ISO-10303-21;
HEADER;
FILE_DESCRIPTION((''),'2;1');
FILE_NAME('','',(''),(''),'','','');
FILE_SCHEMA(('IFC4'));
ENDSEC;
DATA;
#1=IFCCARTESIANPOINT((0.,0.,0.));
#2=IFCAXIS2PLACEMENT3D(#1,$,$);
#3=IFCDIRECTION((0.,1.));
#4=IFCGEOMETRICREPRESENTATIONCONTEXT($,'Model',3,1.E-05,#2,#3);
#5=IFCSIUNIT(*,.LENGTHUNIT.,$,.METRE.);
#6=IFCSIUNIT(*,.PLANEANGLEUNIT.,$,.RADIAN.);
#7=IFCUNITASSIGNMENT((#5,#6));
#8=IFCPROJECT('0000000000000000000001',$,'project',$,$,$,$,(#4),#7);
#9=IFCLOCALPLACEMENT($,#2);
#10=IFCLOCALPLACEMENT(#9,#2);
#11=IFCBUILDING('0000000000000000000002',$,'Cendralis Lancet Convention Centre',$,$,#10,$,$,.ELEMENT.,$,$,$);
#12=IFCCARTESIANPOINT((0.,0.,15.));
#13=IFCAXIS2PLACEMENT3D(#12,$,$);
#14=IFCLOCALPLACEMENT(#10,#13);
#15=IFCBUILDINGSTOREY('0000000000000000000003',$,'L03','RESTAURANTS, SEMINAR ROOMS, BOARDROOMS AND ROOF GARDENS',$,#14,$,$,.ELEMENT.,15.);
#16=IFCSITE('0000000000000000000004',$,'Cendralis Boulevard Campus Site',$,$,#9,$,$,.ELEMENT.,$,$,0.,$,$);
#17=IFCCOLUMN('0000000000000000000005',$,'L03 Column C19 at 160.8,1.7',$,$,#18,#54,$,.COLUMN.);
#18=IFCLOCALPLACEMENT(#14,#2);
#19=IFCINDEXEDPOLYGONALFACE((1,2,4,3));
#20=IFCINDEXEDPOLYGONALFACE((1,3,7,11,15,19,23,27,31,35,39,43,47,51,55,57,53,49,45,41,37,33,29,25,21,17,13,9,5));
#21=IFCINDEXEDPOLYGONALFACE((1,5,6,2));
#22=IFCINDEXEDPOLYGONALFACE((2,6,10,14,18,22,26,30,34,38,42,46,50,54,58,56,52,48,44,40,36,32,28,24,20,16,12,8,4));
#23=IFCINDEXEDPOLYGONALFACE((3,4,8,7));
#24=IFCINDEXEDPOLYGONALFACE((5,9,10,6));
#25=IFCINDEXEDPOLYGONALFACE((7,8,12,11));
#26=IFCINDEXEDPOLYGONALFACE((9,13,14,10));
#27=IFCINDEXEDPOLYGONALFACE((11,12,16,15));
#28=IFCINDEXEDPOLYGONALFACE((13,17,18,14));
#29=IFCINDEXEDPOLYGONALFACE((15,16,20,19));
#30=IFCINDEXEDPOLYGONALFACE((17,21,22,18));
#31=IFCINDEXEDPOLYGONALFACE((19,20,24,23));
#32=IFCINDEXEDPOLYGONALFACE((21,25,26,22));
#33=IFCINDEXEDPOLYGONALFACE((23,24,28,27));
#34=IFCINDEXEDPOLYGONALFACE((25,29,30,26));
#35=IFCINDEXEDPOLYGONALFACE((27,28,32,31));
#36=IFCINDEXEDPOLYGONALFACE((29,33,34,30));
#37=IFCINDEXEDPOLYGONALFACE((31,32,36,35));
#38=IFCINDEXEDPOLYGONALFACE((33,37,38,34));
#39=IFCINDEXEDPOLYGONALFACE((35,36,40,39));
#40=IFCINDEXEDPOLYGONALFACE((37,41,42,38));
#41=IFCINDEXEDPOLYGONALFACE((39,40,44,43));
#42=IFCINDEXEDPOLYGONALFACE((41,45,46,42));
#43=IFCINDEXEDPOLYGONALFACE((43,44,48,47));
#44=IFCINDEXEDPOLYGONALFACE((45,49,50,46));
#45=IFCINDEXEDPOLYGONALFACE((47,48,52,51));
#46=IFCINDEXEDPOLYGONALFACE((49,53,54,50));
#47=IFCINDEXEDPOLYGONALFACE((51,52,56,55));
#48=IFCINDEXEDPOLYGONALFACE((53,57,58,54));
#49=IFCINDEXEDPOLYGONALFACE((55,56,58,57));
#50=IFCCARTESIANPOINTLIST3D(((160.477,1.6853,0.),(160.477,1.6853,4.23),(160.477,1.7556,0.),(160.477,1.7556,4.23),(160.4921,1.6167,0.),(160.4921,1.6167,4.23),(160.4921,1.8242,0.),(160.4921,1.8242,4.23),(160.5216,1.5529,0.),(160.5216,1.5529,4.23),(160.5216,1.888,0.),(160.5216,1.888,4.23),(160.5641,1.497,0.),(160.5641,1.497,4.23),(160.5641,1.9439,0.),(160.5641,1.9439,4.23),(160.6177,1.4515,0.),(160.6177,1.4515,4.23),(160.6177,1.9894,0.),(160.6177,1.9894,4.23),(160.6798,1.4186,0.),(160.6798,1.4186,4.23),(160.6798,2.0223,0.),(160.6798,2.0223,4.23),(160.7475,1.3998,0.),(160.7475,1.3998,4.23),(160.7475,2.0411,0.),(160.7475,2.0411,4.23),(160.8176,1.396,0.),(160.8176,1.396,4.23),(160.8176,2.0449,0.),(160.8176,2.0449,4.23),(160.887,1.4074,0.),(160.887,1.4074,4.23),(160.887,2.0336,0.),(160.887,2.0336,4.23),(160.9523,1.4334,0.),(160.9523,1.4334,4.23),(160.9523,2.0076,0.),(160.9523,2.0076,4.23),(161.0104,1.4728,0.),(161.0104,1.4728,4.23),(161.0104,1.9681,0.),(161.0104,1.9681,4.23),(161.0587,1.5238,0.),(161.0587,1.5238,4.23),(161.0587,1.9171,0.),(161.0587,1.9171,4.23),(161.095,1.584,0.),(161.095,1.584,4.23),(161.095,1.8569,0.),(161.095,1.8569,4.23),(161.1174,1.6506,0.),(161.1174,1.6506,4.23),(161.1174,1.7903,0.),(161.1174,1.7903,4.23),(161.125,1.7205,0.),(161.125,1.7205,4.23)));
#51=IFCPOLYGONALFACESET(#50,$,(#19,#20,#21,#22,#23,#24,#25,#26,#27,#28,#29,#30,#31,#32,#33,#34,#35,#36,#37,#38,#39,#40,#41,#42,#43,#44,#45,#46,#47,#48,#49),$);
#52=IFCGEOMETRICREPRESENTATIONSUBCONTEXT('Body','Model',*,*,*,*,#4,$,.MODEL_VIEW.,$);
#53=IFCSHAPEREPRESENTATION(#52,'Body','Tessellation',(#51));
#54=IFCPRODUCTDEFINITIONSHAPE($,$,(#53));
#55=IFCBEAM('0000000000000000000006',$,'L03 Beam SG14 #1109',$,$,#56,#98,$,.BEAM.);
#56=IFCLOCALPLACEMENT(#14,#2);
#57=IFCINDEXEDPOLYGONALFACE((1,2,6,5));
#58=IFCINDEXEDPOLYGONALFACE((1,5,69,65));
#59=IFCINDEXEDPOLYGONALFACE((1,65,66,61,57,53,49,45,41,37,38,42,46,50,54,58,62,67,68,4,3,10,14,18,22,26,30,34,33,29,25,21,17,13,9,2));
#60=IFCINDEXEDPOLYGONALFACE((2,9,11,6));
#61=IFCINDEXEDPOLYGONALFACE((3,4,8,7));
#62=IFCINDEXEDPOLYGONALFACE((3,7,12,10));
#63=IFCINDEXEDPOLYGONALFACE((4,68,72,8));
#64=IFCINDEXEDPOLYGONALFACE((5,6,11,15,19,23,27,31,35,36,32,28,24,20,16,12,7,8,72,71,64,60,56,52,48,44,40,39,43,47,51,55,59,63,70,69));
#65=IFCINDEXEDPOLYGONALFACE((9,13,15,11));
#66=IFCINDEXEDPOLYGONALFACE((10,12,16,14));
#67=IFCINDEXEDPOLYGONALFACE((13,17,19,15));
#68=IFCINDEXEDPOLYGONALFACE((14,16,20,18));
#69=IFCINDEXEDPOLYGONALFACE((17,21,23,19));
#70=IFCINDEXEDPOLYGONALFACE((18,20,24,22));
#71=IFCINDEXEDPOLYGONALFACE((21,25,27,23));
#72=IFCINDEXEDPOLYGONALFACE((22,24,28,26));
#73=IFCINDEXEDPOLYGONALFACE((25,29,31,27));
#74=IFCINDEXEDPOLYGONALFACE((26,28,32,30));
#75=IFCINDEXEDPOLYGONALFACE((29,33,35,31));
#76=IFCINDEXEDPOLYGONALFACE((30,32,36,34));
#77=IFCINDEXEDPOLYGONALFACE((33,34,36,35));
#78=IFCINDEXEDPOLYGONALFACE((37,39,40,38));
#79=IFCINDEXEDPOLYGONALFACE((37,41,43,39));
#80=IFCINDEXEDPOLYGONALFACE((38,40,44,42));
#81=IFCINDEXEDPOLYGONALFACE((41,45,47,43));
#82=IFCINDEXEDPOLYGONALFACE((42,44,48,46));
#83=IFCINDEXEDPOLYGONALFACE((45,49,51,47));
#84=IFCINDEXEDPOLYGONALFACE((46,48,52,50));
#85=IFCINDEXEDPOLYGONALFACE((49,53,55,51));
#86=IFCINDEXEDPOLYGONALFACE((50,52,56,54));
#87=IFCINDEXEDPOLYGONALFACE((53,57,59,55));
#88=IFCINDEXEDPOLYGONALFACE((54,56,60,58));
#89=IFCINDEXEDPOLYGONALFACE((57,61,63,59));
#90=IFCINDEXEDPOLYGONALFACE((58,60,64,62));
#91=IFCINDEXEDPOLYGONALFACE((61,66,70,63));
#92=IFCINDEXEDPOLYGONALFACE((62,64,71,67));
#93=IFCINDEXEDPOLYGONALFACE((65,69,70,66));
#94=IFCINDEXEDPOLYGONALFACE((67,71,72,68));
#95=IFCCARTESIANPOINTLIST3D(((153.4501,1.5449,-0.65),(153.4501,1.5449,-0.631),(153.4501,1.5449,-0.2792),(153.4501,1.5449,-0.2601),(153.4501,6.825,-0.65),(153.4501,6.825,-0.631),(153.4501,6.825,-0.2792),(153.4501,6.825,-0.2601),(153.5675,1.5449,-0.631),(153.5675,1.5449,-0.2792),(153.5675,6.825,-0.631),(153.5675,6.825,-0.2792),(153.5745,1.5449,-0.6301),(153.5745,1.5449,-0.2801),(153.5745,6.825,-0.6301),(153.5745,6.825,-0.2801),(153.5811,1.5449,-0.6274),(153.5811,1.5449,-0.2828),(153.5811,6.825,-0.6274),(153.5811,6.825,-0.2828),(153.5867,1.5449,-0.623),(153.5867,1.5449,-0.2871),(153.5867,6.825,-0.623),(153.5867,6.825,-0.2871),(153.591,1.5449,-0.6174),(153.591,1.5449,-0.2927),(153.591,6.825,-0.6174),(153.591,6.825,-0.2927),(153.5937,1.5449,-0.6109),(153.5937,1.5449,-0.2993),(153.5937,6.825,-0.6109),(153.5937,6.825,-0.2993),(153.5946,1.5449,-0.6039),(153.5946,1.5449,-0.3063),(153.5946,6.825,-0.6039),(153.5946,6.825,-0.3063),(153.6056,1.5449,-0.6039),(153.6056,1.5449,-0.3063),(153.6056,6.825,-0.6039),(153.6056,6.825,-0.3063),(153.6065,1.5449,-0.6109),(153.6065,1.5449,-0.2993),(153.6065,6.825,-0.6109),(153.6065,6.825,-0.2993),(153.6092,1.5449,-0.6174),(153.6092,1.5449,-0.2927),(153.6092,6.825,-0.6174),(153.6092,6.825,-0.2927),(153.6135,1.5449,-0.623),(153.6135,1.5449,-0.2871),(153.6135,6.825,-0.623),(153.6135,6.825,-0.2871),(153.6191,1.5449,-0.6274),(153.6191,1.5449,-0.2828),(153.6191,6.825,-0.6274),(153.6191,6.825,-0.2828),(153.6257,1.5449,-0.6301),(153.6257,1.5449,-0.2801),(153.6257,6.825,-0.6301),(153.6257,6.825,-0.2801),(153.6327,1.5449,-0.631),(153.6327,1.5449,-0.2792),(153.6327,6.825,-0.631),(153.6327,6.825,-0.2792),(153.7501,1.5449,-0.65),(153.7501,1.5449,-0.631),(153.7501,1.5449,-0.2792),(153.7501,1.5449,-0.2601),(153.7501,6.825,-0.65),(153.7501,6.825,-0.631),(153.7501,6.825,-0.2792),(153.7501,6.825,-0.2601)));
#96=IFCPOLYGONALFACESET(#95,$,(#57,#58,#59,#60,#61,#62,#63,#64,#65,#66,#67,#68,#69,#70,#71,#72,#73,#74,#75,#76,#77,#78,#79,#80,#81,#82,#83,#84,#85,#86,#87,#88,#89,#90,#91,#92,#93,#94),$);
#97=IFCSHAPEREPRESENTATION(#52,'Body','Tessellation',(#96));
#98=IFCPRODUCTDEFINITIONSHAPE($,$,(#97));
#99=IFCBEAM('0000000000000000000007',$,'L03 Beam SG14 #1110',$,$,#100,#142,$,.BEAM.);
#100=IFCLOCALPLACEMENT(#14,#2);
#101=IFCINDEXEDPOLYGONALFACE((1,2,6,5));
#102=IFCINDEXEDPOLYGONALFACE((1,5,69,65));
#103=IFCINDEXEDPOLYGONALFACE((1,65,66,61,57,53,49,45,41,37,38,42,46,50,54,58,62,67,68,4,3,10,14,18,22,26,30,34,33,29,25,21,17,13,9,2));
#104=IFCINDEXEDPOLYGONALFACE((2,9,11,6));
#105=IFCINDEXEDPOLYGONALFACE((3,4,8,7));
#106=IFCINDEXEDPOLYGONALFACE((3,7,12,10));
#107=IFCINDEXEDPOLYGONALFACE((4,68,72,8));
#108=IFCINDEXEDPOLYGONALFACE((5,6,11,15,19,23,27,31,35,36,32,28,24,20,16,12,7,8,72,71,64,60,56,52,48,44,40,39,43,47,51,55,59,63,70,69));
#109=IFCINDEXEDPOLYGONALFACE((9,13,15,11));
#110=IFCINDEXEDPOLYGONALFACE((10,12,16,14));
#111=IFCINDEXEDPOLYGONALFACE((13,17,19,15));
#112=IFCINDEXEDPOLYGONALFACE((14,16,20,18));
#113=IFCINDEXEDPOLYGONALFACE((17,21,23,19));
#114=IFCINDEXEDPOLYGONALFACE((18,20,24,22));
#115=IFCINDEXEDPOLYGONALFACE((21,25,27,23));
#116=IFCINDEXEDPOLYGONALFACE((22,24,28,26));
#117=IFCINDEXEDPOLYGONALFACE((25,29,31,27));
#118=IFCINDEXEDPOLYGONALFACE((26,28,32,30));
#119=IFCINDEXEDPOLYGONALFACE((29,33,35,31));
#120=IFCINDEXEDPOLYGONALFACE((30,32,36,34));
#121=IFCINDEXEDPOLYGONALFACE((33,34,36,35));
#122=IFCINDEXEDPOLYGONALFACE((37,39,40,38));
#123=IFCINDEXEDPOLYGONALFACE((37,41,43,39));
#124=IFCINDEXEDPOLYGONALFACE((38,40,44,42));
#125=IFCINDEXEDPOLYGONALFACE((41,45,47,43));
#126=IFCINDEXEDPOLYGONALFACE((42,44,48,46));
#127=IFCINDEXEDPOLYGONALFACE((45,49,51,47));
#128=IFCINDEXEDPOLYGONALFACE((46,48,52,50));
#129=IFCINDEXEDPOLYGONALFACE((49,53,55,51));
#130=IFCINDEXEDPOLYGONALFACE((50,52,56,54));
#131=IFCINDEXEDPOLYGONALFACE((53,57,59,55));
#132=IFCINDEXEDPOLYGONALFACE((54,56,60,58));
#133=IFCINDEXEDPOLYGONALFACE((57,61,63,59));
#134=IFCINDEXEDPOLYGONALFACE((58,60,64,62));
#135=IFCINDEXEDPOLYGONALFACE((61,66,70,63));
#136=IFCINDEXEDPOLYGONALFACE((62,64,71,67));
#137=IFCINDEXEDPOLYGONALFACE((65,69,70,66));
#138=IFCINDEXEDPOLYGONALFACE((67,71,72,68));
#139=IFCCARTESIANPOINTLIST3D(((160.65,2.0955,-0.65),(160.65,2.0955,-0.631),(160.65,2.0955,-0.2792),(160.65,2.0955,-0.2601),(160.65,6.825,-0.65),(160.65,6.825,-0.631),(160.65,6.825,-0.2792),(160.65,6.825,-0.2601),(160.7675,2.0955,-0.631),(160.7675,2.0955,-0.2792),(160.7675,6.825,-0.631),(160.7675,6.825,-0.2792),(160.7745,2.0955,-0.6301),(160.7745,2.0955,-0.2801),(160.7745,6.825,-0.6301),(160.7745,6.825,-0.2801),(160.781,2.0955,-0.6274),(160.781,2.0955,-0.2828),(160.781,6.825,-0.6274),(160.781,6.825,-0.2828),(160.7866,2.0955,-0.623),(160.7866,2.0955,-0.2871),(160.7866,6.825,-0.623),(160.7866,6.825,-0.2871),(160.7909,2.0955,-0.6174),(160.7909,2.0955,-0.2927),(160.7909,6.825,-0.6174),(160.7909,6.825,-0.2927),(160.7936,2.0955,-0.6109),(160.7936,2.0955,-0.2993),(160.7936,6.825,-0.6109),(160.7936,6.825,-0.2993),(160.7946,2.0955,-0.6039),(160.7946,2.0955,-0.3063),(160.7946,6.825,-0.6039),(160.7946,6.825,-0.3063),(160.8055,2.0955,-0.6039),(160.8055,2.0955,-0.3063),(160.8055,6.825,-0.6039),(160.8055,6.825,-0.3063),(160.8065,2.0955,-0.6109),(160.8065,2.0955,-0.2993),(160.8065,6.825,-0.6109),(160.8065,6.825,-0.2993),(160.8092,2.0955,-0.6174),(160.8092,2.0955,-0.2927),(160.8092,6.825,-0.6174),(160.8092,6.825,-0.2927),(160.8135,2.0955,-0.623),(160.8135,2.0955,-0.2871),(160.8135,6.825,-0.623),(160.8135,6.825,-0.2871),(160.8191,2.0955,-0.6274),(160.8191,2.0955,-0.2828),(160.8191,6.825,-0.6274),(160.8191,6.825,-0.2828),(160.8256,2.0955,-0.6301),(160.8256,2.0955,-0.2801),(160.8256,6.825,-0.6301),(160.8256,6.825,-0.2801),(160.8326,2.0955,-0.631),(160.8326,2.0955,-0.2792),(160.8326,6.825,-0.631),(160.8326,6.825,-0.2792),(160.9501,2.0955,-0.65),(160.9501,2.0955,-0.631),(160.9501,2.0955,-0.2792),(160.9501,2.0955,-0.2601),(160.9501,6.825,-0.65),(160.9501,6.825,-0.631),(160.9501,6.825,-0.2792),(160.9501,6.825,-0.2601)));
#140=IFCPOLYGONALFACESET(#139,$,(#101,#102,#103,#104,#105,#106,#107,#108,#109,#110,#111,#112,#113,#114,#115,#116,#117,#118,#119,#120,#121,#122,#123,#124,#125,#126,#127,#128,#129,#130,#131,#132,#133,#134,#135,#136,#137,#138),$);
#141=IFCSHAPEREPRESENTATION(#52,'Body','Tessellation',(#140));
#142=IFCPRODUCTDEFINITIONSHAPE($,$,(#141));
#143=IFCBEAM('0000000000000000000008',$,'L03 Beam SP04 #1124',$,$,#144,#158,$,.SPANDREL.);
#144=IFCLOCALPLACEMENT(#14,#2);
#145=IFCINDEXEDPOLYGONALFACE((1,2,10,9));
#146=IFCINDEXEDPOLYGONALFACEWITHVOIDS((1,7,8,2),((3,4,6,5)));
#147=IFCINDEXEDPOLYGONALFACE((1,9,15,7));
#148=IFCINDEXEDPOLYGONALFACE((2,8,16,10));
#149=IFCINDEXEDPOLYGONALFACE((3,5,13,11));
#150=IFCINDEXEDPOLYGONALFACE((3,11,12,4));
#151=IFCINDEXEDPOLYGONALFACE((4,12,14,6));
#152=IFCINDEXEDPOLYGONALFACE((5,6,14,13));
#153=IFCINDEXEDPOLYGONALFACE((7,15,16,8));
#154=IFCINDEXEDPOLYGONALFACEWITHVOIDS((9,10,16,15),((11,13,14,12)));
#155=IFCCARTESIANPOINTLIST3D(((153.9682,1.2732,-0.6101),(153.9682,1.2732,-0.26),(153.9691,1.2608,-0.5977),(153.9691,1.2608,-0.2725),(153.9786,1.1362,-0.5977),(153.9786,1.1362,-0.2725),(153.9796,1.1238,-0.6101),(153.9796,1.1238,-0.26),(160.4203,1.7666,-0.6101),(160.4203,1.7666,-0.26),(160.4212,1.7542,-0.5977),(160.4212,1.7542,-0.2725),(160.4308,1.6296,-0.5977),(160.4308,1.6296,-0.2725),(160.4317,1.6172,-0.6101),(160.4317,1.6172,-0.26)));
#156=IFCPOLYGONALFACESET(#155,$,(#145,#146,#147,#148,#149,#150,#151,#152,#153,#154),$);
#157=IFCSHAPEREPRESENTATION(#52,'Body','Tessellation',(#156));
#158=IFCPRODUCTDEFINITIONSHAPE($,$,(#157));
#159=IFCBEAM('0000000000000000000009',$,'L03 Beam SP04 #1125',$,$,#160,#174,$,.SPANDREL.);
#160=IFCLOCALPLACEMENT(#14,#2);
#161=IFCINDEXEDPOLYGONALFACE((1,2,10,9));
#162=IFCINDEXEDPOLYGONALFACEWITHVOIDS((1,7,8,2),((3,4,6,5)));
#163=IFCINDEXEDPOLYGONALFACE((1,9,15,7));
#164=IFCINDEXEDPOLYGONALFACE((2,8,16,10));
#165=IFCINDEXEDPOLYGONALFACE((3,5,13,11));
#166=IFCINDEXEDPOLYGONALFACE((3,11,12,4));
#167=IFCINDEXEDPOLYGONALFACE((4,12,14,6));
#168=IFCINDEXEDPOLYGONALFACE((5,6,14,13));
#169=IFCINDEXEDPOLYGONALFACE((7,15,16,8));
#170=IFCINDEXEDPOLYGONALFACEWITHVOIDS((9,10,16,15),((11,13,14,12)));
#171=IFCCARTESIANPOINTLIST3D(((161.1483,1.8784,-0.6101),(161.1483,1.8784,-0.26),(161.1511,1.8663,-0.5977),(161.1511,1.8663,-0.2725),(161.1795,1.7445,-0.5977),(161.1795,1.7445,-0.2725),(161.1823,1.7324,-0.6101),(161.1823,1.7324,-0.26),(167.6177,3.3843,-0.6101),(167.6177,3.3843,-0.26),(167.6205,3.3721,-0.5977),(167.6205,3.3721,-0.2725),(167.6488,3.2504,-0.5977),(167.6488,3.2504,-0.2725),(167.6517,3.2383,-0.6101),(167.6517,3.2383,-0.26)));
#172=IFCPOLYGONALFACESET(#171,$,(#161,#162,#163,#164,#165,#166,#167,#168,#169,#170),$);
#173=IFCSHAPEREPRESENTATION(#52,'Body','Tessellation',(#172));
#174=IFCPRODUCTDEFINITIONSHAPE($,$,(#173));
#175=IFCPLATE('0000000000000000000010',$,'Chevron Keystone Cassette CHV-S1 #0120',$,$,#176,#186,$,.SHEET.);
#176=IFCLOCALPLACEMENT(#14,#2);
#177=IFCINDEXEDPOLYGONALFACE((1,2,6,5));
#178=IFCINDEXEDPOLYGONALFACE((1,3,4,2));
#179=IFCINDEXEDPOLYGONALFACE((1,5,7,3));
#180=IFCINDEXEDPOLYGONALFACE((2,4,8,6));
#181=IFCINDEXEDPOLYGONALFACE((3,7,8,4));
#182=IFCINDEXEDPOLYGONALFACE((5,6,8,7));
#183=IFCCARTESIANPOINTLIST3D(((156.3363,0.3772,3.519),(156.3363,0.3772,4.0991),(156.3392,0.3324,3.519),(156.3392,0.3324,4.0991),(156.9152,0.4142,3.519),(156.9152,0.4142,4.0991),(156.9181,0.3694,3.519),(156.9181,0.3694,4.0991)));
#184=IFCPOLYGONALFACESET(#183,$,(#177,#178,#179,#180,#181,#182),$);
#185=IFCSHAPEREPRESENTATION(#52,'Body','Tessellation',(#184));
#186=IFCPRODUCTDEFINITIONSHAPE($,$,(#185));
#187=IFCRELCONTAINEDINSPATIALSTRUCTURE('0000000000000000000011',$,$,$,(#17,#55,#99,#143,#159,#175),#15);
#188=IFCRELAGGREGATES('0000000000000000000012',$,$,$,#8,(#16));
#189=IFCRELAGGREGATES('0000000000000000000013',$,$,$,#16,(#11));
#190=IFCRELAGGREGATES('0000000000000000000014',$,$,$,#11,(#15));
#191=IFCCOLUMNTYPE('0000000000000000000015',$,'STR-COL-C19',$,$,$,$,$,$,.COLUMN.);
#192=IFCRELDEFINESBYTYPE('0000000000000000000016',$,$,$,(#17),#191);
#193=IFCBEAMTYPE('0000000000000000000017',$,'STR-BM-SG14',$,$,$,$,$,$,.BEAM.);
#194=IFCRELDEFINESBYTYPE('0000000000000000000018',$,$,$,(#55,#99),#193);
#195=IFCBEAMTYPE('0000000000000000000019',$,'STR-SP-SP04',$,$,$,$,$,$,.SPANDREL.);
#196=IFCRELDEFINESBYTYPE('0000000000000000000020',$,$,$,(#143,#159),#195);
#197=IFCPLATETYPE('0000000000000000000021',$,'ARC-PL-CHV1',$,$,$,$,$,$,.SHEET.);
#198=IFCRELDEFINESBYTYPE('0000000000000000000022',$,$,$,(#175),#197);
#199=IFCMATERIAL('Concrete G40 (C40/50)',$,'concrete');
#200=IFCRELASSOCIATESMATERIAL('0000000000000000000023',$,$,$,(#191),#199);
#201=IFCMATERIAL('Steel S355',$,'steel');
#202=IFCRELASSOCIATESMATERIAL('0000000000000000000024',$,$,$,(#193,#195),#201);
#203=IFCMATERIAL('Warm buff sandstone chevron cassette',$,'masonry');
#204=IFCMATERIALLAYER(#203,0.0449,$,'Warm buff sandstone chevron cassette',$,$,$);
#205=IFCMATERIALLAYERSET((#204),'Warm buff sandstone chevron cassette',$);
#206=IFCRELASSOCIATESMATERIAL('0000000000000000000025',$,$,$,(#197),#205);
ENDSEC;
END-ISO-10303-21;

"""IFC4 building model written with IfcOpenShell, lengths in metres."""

from ifc_helpers import new_model, si_unit, direction, frame, origin, origin_2d, place, context, subcontext, project, spatial, rectangle, hollow_rectangle, circle, i_section, extrude, material, layer, layer_set, material_profile, profile_set, type_object, element, save


model = new_model("IFC4")

# Units and contexts
model_context = context("Model", 3, precision=1e-05, world=origin(), true_north=direction((0.0, 1.0)))
body_context = subcontext(model_context, "Body", "Model", "MODEL_VIEW")
ifc_project = project(units=[si_unit("LENGTHUNIT", "METRE"), si_unit("PLANEANGLEUNIT", "RADIAN")], contexts=[model_context])

# Site, building, storey
site_placement = place(None, origin())
site = spatial("IfcSite", under=ifc_project, at=site_placement, Name="Cendralis Boulevard Campus Site", CompositionType="ELEMENT", RefElevation=0.0)
building_placement = place(site_placement, origin())
building = spatial("IfcBuilding", under=site, at=building_placement, Name="Cendralis Lancet Convention Centre", CompositionType="ELEMENT")
storey_placement = place(building_placement, frame((0.0, 0.0, 15.0)))
storey = spatial("IfcBuildingStorey", under=building, at=storey_placement, Name="L03", Description="RESTAURANTS, SEMINAR ROOMS, BOARDROOMS AND ROOF GARDENS", CompositionType="ELEMENT", Elevation=15.0)

# Column
ifc_material_1 = material(Name="Concrete G40 (C40/50)", Category="concrete")
ifc_material_profile_1 = material_profile(ifc_material_1, circle(Radius=0.325, at=origin_2d()), Name="RC D650")
ifc_profile_set_1 = profile_set([ifc_material_profile_1], Name="Concrete G40 (C40/50)")
column_type = type_object("IfcColumnType", Name="STR-COL-C19", PredefinedType="COLUMN", material=ifc_profile_set_1)
column_placement = place(storey_placement, frame((160.8, 1.7205, 0.0), z_axis=(0.0, 0.0, 1.0), x_axis=(1.0, 0.0, 0.0)))
element("IfcColumn", 1, at=column_placement, inside=storey, type_object=column_type, Name="L03 Column C19 at 160.8,1.7", PredefinedType="COLUMN", context=body_context, shape_type="SweptSolid", body=[
    extrude(circle(Radius=0.325, at=origin_2d()), origin(), (0.0, 0.0, 1.0), 4.23),
])

# Beams
ifc_material_2 = material(Name="Steel S355", Category="steel")
ifc_material_profile_2 = material_profile(ifc_material_2, i_section(OverallWidth=0.3, OverallDepth=0.3899, WebThickness=0.011, FlangeThickness=0.019, FilletRadius=0.0271, at=origin_2d()), Name="HEA 400")
ifc_profile_set_2 = profile_set([ifc_material_profile_2], Name="Steel S355")
beam_type_1 = type_object("IfcBeamType", Name="STR-BM-SG14", PredefinedType="BEAM", material=ifc_profile_set_2)
beam_1_placement = place(storey_placement, frame((153.6001, 1.5449, -0.4551), z_axis=(0.0, 1.0, 0.0), x_axis=(-1.0, 0.0, 0.0)))
element("IfcBeam", 2, at=beam_1_placement, inside=storey, type_object=beam_type_1, Name="L03 Beam SG14 #1109", PredefinedType="BEAM", context=body_context, shape_type="SweptSolid", body=[
    extrude(i_section(OverallWidth=0.3, OverallDepth=0.3899, WebThickness=0.011, FlangeThickness=0.019, FilletRadius=0.0271, at=origin_2d()), origin(), (0.0, 0.0, 1.0), 5.28),
])
beam_2_placement = place(storey_placement, frame((160.8, 2.0955, -0.4551), z_axis=(0.0, 1.0, 0.0), x_axis=(-1.0, 0.0, 0.0)))
element("IfcBeam", 3, at=beam_2_placement, inside=storey, type_object=beam_type_1, Name="L03 Beam SG14 #1110", PredefinedType="BEAM", context=body_context, shape_type="SweptSolid", body=[
    extrude(i_section(OverallWidth=0.3, OverallDepth=0.3899, WebThickness=0.011, FlangeThickness=0.019, FilletRadius=0.0271, at=origin_2d()), origin(), (0.0, 0.0, 1.0), 4.7295),
])
ifc_material_profile_3 = material_profile(ifc_material_2, hollow_rectangle(XDim=0.1499, YDim=0.3501, WallThickness=0.0125, at=origin_2d()), Name="RHS 350x150x12.5")
ifc_profile_set_3 = profile_set([ifc_material_profile_3], Name="Steel S355")
beam_type_2 = type_object("IfcBeamType", Name="STR-SP-SP04", PredefinedType="SPANDREL", material=ifc_profile_set_3)
beam_3_placement = place(storey_placement, frame((153.9739, 1.1985, -0.4351), z_axis=(0.997089, 0.076249, 0.0), x_axis=(-0.076249, 0.997089, 0.0)))
element("IfcBeam", 4, at=beam_3_placement, inside=storey, type_object=beam_type_2, Name="L03 Beam SP04 #1124", PredefinedType="SPANDREL", context=body_context, shape_type="SweptSolid", body=[
    extrude(hollow_rectangle(XDim=0.1499, YDim=0.3501, WallThickness=0.0125, at=origin_2d()), origin(), (0.0, 0.0, 1.0), 6.4709),
])
beam_4_placement = place(storey_placement, frame((161.1653, 1.8054, -0.4351), z_axis=(0.973964, 0.226703, 0.0), x_axis=(-0.226703, 0.973964, 0.0)))
element("IfcBeam", 5, at=beam_4_placement, inside=storey, type_object=beam_type_2, Name="L03 Beam SP04 #1125", PredefinedType="SPANDREL", context=body_context, shape_type="SweptSolid", body=[
    extrude(hollow_rectangle(XDim=0.1499, YDim=0.3501, WallThickness=0.0125, at=origin_2d()), origin(), (0.0, 0.0, 1.0), 6.6423),
])

# Plate
ifc_material_3 = material(Name="Warm buff sandstone chevron cassette", Category="masonry")
ifc_layer_1 = layer(ifc_material_3, 0.0449, Name="Warm buff sandstone chevron cassette")
ifc_layer_set_1 = layer_set([ifc_layer_1], Name="Warm buff sandstone chevron cassette")
plate_type_1 = type_object("IfcPlateType", Name="ARC-PL-CHV1", PredefinedType="SHEET", material=ifc_layer_set_1)
plate_1_placement = place(storey_placement, frame((156.6272, 0.3733, 3.519), z_axis=(0.0, 0.0, 1.0), x_axis=(0.997959, 0.063853, 0.0)))
element("IfcPlate", 6, at=plate_1_placement, inside=storey, type_object=plate_type_1, Name="Chevron Keystone Cassette CHV-S1 #0120", PredefinedType="SHEET", context=body_context, shape_type="SweptSolid", body=[
    extrude(rectangle(XDim=0.5801, YDim=0.0449, at=origin_2d()), origin(), (0.0, 0.0, 1.0), 0.5801),
])

save(model, "model.ifc")
